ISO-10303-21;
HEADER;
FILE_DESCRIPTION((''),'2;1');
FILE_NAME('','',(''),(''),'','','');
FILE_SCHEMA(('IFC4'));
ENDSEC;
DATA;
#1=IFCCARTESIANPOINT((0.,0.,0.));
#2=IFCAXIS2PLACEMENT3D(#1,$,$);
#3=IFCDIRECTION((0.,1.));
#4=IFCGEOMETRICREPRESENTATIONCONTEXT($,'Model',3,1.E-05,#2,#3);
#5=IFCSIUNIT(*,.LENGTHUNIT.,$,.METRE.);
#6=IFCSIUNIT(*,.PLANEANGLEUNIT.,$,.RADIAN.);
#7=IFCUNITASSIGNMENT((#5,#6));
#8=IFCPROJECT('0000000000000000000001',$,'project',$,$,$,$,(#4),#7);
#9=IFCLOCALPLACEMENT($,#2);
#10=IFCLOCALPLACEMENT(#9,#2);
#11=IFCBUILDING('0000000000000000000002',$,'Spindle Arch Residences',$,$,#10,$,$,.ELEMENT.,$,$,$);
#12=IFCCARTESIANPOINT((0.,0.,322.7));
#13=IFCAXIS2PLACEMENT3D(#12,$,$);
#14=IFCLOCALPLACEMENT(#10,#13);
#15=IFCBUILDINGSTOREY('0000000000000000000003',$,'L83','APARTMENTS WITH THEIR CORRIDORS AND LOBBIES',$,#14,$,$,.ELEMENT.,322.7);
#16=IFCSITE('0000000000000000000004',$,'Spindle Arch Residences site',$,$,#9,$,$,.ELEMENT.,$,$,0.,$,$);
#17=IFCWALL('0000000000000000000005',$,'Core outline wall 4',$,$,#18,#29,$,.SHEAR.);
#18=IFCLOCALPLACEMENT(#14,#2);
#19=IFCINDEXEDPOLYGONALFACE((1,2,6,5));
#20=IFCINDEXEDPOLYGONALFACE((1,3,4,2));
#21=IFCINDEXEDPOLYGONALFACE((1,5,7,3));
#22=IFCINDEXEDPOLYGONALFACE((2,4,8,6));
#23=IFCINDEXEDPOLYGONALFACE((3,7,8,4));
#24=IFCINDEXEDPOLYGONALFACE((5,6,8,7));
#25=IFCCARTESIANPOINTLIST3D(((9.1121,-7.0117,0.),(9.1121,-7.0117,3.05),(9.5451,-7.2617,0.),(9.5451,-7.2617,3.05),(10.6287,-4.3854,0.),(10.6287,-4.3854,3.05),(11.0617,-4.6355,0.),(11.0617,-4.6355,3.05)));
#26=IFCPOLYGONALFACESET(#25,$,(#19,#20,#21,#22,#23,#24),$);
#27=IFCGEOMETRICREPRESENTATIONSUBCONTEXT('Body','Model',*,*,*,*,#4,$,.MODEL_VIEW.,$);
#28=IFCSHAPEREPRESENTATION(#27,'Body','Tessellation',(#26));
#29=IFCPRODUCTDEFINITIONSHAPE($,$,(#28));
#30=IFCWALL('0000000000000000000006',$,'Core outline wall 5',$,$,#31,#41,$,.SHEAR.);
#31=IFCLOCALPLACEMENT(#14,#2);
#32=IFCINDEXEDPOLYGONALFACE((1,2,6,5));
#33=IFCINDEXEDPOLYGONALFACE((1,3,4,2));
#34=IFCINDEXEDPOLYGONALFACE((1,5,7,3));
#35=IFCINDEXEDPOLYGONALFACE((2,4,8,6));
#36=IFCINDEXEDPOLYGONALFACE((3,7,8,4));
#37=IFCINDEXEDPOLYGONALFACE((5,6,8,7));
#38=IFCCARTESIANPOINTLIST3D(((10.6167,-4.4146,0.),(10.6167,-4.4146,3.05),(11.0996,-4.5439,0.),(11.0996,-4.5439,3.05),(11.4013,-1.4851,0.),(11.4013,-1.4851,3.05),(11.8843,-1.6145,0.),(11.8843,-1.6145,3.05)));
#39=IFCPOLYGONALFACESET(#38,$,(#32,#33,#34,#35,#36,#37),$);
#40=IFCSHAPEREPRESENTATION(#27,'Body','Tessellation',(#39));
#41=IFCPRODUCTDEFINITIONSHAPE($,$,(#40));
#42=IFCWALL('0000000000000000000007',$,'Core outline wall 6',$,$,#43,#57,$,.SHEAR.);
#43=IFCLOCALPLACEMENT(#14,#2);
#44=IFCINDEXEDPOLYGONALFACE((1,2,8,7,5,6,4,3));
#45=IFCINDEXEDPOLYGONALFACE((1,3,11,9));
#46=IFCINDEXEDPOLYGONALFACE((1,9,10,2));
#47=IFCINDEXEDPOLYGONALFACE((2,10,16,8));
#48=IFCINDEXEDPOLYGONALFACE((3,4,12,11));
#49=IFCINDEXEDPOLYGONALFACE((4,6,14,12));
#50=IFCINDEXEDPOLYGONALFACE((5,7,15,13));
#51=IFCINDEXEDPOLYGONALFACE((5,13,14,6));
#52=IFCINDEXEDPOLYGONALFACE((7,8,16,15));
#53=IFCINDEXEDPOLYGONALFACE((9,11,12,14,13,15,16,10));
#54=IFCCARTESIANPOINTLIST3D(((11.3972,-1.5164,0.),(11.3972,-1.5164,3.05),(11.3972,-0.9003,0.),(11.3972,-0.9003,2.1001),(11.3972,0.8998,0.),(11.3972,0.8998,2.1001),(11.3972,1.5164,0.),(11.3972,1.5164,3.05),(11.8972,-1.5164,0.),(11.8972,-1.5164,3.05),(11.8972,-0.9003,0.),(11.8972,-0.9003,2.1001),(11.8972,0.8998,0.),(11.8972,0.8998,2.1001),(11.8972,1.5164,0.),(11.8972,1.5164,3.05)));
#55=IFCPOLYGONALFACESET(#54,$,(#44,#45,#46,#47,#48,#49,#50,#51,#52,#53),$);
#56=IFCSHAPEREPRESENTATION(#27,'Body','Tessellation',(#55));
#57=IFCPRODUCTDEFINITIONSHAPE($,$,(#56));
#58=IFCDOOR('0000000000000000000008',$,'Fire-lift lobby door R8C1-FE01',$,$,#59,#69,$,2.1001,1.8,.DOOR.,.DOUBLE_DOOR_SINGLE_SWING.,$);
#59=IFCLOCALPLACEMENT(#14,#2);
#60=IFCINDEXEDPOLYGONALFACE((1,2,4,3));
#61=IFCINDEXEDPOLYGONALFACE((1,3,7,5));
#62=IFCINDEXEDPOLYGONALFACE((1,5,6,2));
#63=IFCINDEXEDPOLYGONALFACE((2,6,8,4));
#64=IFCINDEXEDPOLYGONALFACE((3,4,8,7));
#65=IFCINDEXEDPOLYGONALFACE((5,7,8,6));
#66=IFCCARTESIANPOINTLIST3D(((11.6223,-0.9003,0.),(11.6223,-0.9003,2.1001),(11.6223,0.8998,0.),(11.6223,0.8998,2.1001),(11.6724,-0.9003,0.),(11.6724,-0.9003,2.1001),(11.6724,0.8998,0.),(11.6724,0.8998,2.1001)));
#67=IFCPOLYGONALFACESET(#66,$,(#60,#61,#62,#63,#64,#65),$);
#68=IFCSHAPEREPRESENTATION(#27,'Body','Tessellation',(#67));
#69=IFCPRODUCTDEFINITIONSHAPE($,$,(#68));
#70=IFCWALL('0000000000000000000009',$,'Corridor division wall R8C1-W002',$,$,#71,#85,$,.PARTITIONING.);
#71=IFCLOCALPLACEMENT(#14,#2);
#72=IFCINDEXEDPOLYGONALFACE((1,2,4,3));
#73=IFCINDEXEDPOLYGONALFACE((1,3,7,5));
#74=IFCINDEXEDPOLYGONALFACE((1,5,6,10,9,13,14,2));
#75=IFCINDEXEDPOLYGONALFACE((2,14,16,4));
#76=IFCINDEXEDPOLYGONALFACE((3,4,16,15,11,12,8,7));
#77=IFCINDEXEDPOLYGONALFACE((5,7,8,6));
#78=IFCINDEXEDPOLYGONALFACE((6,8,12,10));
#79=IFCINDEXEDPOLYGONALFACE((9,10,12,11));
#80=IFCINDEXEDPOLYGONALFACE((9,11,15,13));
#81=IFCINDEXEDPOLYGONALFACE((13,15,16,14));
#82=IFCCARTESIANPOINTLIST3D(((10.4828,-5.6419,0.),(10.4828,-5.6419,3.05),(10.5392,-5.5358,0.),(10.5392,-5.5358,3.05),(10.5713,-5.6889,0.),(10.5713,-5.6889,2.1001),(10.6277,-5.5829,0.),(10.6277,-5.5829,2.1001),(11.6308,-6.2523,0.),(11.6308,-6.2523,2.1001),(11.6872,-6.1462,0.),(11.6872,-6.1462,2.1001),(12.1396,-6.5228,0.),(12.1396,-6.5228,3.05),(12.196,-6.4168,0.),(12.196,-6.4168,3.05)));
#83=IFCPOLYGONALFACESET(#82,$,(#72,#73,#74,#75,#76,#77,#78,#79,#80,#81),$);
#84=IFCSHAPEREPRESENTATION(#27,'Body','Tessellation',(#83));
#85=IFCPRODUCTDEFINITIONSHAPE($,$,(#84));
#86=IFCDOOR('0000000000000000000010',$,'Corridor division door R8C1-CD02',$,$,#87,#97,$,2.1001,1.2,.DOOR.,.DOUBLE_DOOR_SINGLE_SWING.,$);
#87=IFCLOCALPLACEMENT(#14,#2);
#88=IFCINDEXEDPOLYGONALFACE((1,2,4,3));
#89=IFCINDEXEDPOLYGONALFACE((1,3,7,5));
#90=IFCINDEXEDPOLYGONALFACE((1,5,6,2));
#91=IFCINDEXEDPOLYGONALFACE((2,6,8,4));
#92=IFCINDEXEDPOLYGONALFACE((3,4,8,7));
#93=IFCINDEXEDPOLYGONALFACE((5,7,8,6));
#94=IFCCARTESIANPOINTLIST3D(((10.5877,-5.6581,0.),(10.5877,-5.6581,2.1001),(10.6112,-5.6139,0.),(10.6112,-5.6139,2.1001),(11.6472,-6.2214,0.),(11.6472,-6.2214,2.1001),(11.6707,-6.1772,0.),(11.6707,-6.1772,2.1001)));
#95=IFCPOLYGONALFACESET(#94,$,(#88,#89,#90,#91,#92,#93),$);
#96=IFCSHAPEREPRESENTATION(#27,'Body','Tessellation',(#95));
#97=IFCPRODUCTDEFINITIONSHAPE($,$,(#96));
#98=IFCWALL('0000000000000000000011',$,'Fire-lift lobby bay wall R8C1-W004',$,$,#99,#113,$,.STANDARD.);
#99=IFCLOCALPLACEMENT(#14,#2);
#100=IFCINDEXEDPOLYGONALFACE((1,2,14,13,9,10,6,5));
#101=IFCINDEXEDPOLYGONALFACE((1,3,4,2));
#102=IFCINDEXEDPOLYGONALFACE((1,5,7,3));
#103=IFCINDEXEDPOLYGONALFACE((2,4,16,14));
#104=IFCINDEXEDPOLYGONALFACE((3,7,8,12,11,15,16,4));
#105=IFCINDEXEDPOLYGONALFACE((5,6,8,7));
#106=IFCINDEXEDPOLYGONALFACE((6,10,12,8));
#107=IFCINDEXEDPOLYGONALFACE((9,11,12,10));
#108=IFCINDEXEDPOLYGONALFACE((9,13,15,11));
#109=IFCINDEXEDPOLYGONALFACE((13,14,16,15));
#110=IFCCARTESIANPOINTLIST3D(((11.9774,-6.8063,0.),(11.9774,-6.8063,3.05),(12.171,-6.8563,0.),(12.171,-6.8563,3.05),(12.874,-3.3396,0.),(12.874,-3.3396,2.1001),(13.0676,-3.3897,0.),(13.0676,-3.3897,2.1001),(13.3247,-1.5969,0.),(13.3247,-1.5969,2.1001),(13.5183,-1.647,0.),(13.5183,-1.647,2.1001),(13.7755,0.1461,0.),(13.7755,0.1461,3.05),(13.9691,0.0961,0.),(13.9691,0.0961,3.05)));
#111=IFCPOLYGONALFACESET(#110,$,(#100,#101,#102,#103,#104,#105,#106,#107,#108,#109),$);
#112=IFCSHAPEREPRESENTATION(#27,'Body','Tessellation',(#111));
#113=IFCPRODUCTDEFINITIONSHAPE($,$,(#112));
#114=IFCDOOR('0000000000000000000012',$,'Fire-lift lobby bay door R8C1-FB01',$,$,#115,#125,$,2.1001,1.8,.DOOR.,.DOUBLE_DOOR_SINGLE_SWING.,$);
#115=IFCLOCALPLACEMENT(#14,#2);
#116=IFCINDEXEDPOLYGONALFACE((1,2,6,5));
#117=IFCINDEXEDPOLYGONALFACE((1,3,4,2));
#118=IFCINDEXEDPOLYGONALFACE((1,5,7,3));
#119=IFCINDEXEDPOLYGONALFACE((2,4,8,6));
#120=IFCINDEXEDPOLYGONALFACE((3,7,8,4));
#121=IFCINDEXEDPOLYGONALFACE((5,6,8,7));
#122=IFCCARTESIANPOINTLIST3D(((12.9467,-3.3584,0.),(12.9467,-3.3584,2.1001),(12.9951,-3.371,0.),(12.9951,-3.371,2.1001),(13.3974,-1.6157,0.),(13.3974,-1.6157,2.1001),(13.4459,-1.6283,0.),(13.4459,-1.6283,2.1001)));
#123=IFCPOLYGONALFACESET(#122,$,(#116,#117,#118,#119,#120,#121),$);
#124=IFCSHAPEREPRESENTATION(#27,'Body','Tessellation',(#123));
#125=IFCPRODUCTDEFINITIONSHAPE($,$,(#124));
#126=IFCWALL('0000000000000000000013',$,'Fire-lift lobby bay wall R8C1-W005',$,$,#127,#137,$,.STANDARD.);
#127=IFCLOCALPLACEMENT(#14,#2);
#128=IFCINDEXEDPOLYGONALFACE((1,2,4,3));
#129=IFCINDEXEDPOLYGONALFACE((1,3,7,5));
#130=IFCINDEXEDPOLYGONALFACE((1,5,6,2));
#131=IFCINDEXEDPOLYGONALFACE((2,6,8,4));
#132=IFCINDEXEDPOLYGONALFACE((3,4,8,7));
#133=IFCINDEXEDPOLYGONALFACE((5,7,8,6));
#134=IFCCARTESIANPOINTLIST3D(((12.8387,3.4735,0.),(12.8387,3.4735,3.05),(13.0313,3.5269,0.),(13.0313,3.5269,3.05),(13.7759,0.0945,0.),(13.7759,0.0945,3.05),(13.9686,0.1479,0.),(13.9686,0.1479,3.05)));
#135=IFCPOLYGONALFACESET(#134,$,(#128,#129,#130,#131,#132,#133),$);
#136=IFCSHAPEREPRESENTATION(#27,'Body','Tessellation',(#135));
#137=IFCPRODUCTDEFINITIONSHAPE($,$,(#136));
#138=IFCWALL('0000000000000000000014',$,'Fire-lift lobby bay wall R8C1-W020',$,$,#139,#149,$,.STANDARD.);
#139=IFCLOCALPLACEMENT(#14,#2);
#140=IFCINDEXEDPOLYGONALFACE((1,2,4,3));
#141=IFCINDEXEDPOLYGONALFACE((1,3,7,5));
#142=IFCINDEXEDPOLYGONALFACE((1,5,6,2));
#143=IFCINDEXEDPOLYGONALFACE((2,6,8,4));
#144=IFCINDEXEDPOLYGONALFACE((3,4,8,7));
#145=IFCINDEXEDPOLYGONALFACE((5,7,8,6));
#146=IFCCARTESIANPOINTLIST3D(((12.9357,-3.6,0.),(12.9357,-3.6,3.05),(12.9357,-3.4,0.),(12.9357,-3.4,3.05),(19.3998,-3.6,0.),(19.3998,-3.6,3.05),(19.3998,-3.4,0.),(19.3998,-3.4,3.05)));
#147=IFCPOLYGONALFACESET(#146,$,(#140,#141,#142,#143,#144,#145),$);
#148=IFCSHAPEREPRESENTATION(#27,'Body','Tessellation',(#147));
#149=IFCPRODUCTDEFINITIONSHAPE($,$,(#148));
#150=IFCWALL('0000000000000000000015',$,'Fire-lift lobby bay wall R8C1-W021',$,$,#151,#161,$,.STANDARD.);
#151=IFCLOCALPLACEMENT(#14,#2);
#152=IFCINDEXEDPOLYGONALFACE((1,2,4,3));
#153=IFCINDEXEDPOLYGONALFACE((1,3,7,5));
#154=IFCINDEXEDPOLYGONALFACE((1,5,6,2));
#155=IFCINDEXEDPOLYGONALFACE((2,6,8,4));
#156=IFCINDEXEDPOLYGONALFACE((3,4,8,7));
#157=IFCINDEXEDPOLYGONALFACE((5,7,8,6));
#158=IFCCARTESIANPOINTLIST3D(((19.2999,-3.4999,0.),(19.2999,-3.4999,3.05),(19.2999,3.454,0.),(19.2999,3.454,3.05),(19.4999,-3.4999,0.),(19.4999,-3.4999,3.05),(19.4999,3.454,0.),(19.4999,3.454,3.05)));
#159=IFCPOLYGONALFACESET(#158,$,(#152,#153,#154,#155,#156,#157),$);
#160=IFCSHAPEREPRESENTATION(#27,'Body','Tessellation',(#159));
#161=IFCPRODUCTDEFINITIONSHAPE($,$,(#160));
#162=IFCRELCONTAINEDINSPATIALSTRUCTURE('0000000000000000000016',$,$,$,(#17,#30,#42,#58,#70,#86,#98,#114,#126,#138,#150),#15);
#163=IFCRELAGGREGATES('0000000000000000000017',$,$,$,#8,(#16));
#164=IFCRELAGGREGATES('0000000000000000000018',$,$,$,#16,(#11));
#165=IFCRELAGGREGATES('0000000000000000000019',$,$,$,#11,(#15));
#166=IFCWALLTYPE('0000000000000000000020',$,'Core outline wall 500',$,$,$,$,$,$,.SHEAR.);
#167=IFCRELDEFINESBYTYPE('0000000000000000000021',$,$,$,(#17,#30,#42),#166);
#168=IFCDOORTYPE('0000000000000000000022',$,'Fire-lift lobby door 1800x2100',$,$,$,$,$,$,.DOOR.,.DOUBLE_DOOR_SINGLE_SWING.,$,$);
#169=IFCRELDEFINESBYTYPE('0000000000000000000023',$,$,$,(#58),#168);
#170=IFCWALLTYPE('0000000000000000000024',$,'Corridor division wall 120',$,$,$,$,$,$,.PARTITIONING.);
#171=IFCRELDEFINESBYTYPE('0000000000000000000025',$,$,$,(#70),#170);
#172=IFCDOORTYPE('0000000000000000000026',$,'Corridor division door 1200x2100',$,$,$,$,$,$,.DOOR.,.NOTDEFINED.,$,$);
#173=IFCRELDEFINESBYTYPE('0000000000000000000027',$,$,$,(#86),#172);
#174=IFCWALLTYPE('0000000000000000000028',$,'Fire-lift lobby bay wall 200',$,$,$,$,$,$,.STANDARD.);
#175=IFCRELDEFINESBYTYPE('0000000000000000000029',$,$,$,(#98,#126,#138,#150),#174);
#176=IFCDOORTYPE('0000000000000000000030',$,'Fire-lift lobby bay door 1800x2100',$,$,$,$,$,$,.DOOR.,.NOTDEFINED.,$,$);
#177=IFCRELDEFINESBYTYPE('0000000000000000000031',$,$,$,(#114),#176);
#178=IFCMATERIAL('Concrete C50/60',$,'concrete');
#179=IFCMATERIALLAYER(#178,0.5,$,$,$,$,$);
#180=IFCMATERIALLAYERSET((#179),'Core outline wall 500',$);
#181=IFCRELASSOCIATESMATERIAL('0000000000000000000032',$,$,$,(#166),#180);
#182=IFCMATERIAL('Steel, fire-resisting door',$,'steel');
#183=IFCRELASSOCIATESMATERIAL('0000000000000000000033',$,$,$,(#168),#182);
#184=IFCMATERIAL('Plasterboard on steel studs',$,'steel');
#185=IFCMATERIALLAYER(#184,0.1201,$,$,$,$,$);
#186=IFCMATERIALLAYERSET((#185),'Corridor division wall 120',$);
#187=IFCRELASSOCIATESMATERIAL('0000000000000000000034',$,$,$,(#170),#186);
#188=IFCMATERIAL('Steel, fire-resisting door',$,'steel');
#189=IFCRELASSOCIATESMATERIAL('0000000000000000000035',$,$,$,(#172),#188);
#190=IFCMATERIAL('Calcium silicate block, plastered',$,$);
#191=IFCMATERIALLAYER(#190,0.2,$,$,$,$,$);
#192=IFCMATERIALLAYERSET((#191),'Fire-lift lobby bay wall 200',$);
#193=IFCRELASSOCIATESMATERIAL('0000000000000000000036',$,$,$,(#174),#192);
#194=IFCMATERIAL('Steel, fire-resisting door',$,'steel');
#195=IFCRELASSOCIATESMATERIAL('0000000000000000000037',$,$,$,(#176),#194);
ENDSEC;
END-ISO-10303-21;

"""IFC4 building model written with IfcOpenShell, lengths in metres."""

from ifc_helpers import new_model, si_unit, direction, frame, frame_2d, origin, place, context, subcontext, project, spatial, rectangle, extrude, material, layer, layer_set, type_object, element, fill, save


model = new_model("IFC4")

# Units and contexts
model_context = context("Model", 3, precision=1e-05, world=origin(), true_north=direction((0.0, 1.0)))
body_context = subcontext(model_context, "Body", "Model", "MODEL_VIEW")
ifc_project = project(units=[si_unit("LENGTHUNIT", "METRE"), si_unit("PLANEANGLEUNIT", "RADIAN")], contexts=[model_context])

# Site, building, storey
site_placement = place(None, origin())
site = spatial("IfcSite", under=ifc_project, at=site_placement, Name="Spindle Arch Residences site", CompositionType="ELEMENT", RefElevation=0.0)
building_placement = place(site_placement, origin())
building = spatial("IfcBuilding", under=site, at=building_placement, Name="Spindle Arch Residences", CompositionType="ELEMENT")
storey_placement = place(building_placement, frame((0.0, 0.0, 322.7)))
storey = spatial("IfcBuildingStorey", under=building, at=storey_placement, Name="L83", Description="APARTMENTS WITH THEIR CORRIDORS AND LOBBIES", CompositionType="ELEMENT", Elevation=322.7)

# Walls
ifc_material_1 = material(Name="Concrete C50/60", Category="concrete")
ifc_layer_1 = layer(ifc_material_1, 0.5)
ifc_layer_set_1 = layer_set([ifc_layer_1], Name="Core outline wall 500")
wall_type_1 = type_object("IfcWallType", Name="Core outline wall 500", PredefinedType="SHEAR", material=ifc_layer_set_1)
for number, where, z_axis, x_axis, name in (
    (1, (9.3286, -7.1367, 0.0), (0.0, 0.0, 1.0), (0.500087, 0.865975, 0.0), "Core outline wall 4"),
    (2, (10.8582, -4.4792, 0.0), (0.0, 0.0, 1.0), (0.258735, 0.965948, 0.0), "Core outline wall 5"),
):
    element("IfcWall", number, at=place(storey_placement, frame(where, z_axis=z_axis, x_axis=x_axis)), inside=storey, type_object=wall_type_1, Name=name, PredefinedType="SHEAR", context=body_context, shape_type="SweptSolid", body=[
        extrude(rectangle(XDim=3.0327, YDim=0.5, at=frame_2d((1.5164, 0.0))), origin(), (0.0, 0.0, 1.0), 3.05),
    ])

# Walls, openings, doors
wall_1_placement = place(storey_placement, frame((11.6472, -1.5164, 0.0), z_axis=(0.0, 0.0, 1.0), x_axis=(0.0, 1.0, 0.0)))
wall_1 = element("IfcWall", 3, at=wall_1_placement, inside=storey, type_object=wall_type_1, Name="Core outline wall 6", PredefinedType="SHEAR", context=body_context, shape_type="SweptSolid", body=[
    extrude(rectangle(XDim=3.0327, YDim=0.5, at=frame_2d((1.5164, 0.0))), origin(), (0.0, 0.0, 1.0), 3.05),
])
opening_1_placement = place(wall_1_placement, frame((0.6162, 0.0, 0.0)))
opening_1 = element("IfcOpeningElement", 4, at=opening_1_placement, cuts=wall_1, PredefinedType="OPENING", context=body_context, shape_type="SweptSolid", body=[
    extrude(rectangle(XDim=1.8, YDim=2.1001, at=frame_2d((0.8999, 1.05))), frame((0.0, 0.26, 0.0), z_axis=(0.0, -1.0, 0.0), x_axis=(1.0, 0.0, 0.0)), (0.0, 0.0, 1.0), 0.52),
])
ifc_material_2 = material(Name="Steel, fire-resisting door", Category="steel")
door_type_1 = type_object("IfcDoorType", Name="Fire-lift lobby door 1800x2100", OperationType="DOUBLE_DOOR_SINGLE_SWING", PredefinedType="DOOR", material=ifc_material_2)
door_1_placement = place(opening_1_placement, origin())
door_1 = element("IfcDoor", 5, at=door_1_placement, inside=storey, type_object=door_type_1, Name="Fire-lift lobby door R8C1-FE01", OperationType="DOUBLE_DOOR_SINGLE_SWING", OverallHeight=2.1001, OverallWidth=1.8, PredefinedType="DOOR", context=body_context, shape_type="SweptSolid", body=[
    extrude(rectangle(XDim=1.8, YDim=2.1001, at=frame_2d((0.8999, 1.05))), frame((0.0, 0.0249, 0.0), z_axis=(0.0, -1.0, 0.0), x_axis=(1.0, 0.0, 0.0)), (0.0, 0.0, 1.0), 0.05),
])
fill(opening_1, door_1)
ifc_material_3 = material(Name="Plasterboard on steel studs", Category="steel")
ifc_layer_2 = layer(ifc_material_3, 0.1201)
ifc_layer_set_2 = layer_set([ifc_layer_2], Name="Corridor division wall 120")
wall_type_2 = type_object("IfcWallType", Name="Corridor division wall 120", PredefinedType="PARTITIONING", material=ifc_layer_set_2)
wall_2_placement = place(storey_placement, frame((10.511, -5.5889, 0.0), z_axis=(0.0, 0.0, 1.0), x_axis=(0.882957, -0.469453, 0.0)))
wall_2 = element("IfcWall", 6, at=wall_2_placement, inside=storey, type_object=wall_type_2, Name="Corridor division wall R8C1-W002", PredefinedType="PARTITIONING", context=body_context, shape_type="SweptSolid", body=[
    extrude(rectangle(XDim=1.8765, YDim=0.1201, at=frame_2d((0.9382, 0.0))), origin(), (0.0, 0.0, 1.0), 3.05),
])
opening_2_placement = place(wall_2_placement, frame((0.1001, 0.0, 0.0)))
opening_2 = element("IfcOpeningElement", 7, at=opening_2_placement, cuts=wall_2, PredefinedType="OPENING", context=body_context, shape_type="SweptSolid", body=[
    extrude(rectangle(XDim=1.2, YDim=2.1001, at=frame_2d((0.6001, 1.05))), frame((0.0, 0.0701, 0.0), z_axis=(0.0, -1.0, 0.0), x_axis=(1.0, 0.0, 0.0)), (0.0, 0.0, 1.0), 0.1401),
])
ifc_material_4 = material(Name="Steel, fire-resisting door", Category="steel")
door_type_2 = type_object("IfcDoorType", Name="Corridor division door 1200x2100", OperationType="NOTDEFINED", PredefinedType="DOOR", material=ifc_material_4)
door_2_placement = place(opening_2_placement, origin())
door_2 = element("IfcDoor", 8, at=door_2_placement, inside=storey, type_object=door_type_2, Name="Corridor division door R8C1-CD02", OperationType="DOUBLE_DOOR_SINGLE_SWING", OverallHeight=2.1001, OverallWidth=1.2, PredefinedType="DOOR", context=body_context, shape_type="SweptSolid", body=[
    extrude(rectangle(XDim=1.2, YDim=2.1001, at=frame_2d((0.6001, 1.05))), frame((0.0, 0.0249, 0.0), z_axis=(0.0, -1.0, 0.0), x_axis=(1.0, 0.0, 0.0)), (0.0, 0.0, 1.0), 0.05),
])
fill(opening_2, door_2)
ifc_material_5 = material(Name="Calcium silicate block, plastered")
ifc_layer_3 = layer(ifc_material_5, 0.2)
ifc_layer_set_3 = layer_set([ifc_layer_3], Name="Fire-lift lobby bay wall 200")
wall_type_3 = type_object("IfcWallType", Name="Fire-lift lobby bay wall 200", PredefinedType="STANDARD", material=ifc_layer_set_3)
wall_3_placement = place(storey_placement, frame((12.0742, -6.8313, 0.0), z_axis=(0.0, 0.0, 1.0), x_axis=(0.250391, 0.968145, 0.0)))
wall_3 = element("IfcWall", 9, at=wall_3_placement, inside=storey, type_object=wall_type_3, Name="Fire-lift lobby bay wall R8C1-W004", PredefinedType="STANDARD", context=body_context, shape_type="SweptSolid", body=[
    extrude(rectangle(XDim=7.1812, YDim=0.2, at=frame_2d((3.5906, 0.0))), origin(), (0.0, 0.0, 1.0), 3.05),
])
opening_3_placement = place(wall_3_placement, frame((3.5808, 0.0, 0.0)))
opening_3 = element("IfcOpeningElement", 10, at=opening_3_placement, cuts=wall_3, PredefinedType="OPENING", context=body_context, shape_type="SweptSolid", body=[
    extrude(rectangle(XDim=1.8, YDim=2.1001, at=frame_2d((0.8999, 1.05))), frame((0.0, 0.1099, 0.0), z_axis=(0.0, -1.0, 0.0), x_axis=(1.0, 0.0, 0.0)), (0.0, 0.0, 1.0), 0.22),
])
ifc_material_6 = material(Name="Steel, fire-resisting door", Category="steel")
door_type_3 = type_object("IfcDoorType", Name="Fire-lift lobby bay door 1800x2100", OperationType="NOTDEFINED", PredefinedType="DOOR", material=ifc_material_6)
door_3_placement = place(opening_3_placement, origin())
door_3 = element("IfcDoor", 11, at=door_3_placement, inside=storey, type_object=door_type_3, Name="Fire-lift lobby bay door R8C1-FB01", OperationType="DOUBLE_DOOR_SINGLE_SWING", OverallHeight=2.1001, OverallWidth=1.8, PredefinedType="DOOR", context=body_context, shape_type="SweptSolid", body=[
    extrude(rectangle(XDim=1.8, YDim=2.1001, at=frame_2d((0.8999, 1.05))), frame((0.0, 0.0249, 0.0), z_axis=(0.0, -1.0, 0.0), x_axis=(1.0, 0.0, 0.0)), (0.0, 0.0, 1.0), 0.05),
])
fill(opening_3, door_3)

# Walls
wall_4_placement = place(storey_placement, frame((13.8723, 0.1211, 0.0), z_axis=(0.0, 0.0, 1.0), x_axis=(-0.267292, 0.963616, 0.0)))
element("IfcWall", 12, at=wall_4_placement, inside=storey, type_object=wall_type_3, Name="Fire-lift lobby bay wall R8C1-W005", PredefinedType="STANDARD", context=body_context, shape_type="SweptSolid", body=[
    extrude(rectangle(XDim=3.5066, YDim=0.2, at=frame_2d((1.7534, 0.0))), origin(), (0.0, 0.0, 1.0), 3.05),
])
wall_5_placement = place(storey_placement, frame((12.9358, -3.5, 0.0), z_axis=(0.0, 0.0, 1.0), x_axis=(1.0, 0.0, 0.0)))
element("IfcWall", 13, at=wall_5_placement, inside=storey, type_object=wall_type_3, Name="Fire-lift lobby bay wall R8C1-W020", PredefinedType="STANDARD", context=body_context, shape_type="SweptSolid", body=[
    extrude(rectangle(XDim=6.4641, YDim=0.2, at=frame_2d((3.2319, 0.0))), origin(), (0.0, 0.0, 1.0), 3.05),
])
wall_6_placement = place(storey_placement, frame((19.3999, -3.5, 0.0), z_axis=(0.0, 0.0, 1.0), x_axis=(0.0, 1.0, 0.0)))
element("IfcWall", 14, at=wall_6_placement, inside=storey, type_object=wall_type_3, Name="Fire-lift lobby bay wall R8C1-W021", PredefinedType="STANDARD", context=body_context, shape_type="SweptSolid", body=[
    extrude(rectangle(XDim=6.9539, YDim=0.2, at=frame_2d((3.4771, 0.0))), origin(), (0.0, 0.0, 1.0), 3.05),
])

save(model, "model.ifc")
